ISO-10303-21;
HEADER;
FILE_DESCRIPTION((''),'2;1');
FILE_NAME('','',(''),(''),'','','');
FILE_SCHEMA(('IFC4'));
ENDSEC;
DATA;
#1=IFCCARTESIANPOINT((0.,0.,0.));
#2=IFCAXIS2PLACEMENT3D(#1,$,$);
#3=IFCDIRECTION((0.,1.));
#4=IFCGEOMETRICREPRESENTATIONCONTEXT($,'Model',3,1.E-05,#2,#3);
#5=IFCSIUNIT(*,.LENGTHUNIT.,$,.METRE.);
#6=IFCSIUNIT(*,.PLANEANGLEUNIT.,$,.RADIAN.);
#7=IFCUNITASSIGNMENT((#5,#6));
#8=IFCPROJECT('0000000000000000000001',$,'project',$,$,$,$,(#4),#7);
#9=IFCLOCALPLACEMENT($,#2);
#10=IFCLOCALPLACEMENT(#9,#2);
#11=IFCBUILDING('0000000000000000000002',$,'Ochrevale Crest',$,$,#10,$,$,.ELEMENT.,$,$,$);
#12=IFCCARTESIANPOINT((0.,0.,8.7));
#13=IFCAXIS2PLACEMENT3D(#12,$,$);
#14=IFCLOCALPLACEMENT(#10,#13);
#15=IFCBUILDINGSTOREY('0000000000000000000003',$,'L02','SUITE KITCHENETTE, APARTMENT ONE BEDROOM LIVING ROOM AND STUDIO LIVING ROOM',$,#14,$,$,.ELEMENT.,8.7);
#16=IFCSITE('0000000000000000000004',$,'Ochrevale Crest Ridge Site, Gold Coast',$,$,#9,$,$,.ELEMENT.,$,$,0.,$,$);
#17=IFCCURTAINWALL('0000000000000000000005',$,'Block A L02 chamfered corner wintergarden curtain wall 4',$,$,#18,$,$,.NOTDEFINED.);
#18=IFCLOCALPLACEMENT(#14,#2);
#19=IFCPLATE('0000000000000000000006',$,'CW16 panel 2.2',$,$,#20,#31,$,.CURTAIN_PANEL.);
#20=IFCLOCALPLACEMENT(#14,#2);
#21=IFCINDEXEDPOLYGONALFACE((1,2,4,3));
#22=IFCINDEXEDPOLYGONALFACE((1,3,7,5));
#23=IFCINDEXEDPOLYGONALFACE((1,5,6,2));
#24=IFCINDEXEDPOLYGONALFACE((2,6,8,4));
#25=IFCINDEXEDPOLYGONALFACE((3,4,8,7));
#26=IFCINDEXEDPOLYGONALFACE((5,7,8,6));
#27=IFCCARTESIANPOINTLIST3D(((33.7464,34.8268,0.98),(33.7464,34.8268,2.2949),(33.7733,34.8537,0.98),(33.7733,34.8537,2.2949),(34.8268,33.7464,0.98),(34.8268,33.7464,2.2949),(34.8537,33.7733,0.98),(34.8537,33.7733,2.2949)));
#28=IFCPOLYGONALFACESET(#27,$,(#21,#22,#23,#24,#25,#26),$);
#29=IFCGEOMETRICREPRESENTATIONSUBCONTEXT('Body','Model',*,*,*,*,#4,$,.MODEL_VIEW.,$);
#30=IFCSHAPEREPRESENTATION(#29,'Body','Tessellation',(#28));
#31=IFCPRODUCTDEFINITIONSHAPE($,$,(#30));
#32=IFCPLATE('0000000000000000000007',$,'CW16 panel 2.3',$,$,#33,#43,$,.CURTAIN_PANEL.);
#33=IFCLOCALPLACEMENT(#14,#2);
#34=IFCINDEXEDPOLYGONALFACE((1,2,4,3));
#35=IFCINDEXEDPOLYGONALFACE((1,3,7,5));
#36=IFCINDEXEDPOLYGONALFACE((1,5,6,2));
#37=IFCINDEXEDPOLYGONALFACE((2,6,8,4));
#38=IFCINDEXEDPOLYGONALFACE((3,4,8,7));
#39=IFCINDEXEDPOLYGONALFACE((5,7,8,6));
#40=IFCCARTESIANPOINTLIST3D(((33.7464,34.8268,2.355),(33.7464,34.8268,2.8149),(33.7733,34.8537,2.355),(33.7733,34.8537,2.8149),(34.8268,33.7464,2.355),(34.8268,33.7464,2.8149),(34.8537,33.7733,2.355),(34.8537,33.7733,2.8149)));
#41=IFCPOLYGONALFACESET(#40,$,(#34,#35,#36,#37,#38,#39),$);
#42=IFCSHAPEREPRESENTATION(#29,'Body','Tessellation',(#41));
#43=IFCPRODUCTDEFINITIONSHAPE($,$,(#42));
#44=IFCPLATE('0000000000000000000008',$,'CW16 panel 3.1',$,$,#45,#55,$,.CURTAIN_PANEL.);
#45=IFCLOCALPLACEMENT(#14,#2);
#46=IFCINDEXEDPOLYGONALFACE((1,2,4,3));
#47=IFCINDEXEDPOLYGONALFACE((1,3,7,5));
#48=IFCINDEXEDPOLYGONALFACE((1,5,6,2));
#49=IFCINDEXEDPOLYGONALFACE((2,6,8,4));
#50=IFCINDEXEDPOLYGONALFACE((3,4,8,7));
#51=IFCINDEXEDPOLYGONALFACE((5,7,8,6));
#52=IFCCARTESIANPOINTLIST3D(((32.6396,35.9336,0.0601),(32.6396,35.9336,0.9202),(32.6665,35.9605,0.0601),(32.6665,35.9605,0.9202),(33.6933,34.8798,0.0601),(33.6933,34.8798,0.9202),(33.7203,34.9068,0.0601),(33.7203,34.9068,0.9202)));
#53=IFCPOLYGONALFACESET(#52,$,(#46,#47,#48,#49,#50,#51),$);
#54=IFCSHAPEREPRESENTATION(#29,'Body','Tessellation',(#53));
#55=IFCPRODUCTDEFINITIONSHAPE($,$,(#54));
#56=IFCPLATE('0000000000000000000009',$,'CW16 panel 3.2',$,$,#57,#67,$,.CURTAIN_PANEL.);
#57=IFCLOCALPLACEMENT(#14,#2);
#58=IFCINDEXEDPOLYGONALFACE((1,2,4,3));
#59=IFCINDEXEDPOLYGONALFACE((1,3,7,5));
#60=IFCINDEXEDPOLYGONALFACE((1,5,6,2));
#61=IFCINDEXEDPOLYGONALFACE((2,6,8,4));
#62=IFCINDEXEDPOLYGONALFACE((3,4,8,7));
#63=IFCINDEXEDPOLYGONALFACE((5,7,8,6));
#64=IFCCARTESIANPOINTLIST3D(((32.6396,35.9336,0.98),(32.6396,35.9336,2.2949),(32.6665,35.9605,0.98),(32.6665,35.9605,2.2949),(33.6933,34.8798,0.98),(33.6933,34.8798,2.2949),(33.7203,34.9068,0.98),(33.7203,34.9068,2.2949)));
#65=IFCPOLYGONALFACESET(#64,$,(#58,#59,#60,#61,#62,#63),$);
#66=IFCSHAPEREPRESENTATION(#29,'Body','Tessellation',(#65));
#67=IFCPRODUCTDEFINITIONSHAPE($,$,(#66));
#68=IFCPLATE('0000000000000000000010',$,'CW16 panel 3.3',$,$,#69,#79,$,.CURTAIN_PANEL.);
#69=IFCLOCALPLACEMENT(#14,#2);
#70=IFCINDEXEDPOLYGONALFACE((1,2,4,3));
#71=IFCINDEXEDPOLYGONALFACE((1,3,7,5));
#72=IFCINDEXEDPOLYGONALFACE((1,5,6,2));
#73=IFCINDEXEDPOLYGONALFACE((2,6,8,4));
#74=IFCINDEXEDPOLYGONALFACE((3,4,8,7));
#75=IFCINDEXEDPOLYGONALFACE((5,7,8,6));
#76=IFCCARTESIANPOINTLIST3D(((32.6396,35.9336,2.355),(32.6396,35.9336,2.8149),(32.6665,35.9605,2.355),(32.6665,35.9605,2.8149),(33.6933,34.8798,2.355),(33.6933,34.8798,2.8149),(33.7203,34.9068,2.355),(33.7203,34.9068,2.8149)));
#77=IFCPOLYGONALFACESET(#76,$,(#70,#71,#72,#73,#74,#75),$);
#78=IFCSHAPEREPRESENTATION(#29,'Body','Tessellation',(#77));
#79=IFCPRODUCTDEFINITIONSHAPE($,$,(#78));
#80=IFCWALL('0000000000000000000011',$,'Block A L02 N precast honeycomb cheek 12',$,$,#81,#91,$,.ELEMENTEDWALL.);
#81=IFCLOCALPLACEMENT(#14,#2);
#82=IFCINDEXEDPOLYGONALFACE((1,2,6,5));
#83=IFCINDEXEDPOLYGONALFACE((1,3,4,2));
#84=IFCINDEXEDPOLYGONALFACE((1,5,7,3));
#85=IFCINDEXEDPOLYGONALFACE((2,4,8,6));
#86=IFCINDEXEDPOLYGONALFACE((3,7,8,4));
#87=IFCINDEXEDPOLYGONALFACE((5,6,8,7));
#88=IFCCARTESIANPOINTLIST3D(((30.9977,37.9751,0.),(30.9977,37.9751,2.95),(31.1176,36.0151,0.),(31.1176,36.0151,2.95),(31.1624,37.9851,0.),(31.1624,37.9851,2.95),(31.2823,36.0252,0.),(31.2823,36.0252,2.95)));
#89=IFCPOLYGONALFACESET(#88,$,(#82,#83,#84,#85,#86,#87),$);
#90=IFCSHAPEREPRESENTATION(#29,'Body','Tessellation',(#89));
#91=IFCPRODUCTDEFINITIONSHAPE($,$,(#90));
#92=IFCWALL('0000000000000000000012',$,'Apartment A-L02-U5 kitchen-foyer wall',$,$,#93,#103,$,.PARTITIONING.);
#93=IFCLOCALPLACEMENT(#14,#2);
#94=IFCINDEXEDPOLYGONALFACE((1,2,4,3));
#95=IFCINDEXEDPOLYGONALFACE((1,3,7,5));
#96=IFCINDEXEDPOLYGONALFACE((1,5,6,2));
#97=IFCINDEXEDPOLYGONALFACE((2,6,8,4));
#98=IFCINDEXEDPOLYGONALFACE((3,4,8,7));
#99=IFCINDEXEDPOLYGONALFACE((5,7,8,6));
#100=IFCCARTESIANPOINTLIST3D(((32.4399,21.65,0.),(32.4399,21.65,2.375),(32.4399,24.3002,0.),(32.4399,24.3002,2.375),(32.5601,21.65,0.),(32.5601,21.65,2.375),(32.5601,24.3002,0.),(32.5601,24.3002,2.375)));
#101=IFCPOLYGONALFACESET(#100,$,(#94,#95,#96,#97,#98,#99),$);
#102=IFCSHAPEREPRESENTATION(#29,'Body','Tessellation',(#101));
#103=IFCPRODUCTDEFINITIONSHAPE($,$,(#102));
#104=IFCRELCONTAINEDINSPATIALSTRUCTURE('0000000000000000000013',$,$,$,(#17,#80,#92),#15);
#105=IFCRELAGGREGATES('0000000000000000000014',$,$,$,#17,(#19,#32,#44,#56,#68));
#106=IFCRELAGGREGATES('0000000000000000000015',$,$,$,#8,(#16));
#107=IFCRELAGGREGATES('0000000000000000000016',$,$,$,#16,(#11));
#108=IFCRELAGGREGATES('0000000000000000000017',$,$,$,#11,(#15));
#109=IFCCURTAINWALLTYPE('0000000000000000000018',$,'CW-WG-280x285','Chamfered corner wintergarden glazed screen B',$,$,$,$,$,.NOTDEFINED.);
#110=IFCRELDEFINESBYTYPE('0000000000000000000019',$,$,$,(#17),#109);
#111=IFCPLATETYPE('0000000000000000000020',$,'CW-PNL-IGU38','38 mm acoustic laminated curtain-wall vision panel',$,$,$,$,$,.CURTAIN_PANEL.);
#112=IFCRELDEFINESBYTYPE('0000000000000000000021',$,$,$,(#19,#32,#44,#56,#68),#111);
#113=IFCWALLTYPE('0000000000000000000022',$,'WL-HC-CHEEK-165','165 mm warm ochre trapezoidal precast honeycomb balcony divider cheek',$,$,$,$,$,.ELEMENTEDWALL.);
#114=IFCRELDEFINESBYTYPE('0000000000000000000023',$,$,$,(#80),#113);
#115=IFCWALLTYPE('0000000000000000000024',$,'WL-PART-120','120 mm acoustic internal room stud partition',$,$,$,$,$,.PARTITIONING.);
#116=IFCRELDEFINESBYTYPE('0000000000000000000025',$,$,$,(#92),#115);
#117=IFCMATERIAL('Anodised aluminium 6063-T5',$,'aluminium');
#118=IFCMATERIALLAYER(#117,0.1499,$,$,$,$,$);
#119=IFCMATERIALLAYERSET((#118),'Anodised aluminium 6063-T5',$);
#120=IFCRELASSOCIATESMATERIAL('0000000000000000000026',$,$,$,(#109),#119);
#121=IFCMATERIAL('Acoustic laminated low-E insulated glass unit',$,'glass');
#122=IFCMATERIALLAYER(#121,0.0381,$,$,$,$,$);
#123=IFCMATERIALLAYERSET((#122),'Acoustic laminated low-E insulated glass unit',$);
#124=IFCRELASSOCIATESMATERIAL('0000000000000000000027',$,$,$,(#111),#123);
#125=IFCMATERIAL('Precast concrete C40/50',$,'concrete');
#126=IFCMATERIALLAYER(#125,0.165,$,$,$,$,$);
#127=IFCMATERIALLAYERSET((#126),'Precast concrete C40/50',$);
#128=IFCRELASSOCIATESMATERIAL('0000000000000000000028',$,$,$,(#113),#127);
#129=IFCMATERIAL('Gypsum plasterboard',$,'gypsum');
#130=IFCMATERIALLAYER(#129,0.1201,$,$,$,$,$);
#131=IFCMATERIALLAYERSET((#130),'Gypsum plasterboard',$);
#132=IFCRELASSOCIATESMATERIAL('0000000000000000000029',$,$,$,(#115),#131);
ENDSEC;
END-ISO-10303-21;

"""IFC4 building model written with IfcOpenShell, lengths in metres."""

from ifc_helpers import new_model, si_unit, direction, frame, frame_2d, origin, origin_2d, place, context, subcontext, project, spatial, rectangle, extrude, material, layer, layer_set, type_object, element, aggregate, save


model = new_model("IFC4")

# Units and contexts
model_context = context("Model", 3, precision=1e-05, world=origin(), true_north=direction((0.0, 1.0)))
body_context = subcontext(model_context, "Body", "Model", "MODEL_VIEW")
ifc_project = project(units=[si_unit("LENGTHUNIT", "METRE"), si_unit("PLANEANGLEUNIT", "RADIAN")], contexts=[model_context])

# Site, building, storey
site_placement = place(None, origin())
site = spatial("IfcSite", under=ifc_project, at=site_placement, Name="Ochrevale Crest Ridge Site, Gold Coast", CompositionType="ELEMENT", RefElevation=0.0)
building_placement = place(site_placement, origin())
building = spatial("IfcBuilding", under=site, at=building_placement, Name="Ochrevale Crest", CompositionType="ELEMENT")
storey_placement = place(building_placement, frame((0.0, 0.0, 8.7)))
storey = spatial("IfcBuildingStorey", under=building, at=storey_placement, Name="L02", Description="SUITE KITCHENETTE, APARTMENT ONE BEDROOM LIVING ROOM AND STUDIO LIVING ROOM", CompositionType="ELEMENT", Elevation=8.7)

# Curtain wall
ifc_material_1 = material(Name="Anodised aluminium 6063-T5", Category="aluminium")
ifc_layer_1 = layer(ifc_material_1, 0.1499)
ifc_layer_set_1 = layer_set([ifc_layer_1], Name="Anodised aluminium 6063-T5")
curtain_wall_type_1 = type_object("IfcCurtainWallType", Name="CW-WG-280x285", Description="Chamfered corner wintergarden glazed screen B", PredefinedType="NOTDEFINED", material=ifc_layer_set_1)
curtain_wall_1_placement = place(storey_placement, origin())
curtain_wall_1 = element("IfcCurtainWall", 1, at=curtain_wall_1_placement, inside=storey, type_object=curtain_wall_type_1, Name="Block A L02 chamfered corner wintergarden curtain wall 4", PredefinedType="NOTDEFINED")

# Plates
ifc_material_2 = material(Name="Acoustic laminated low-E insulated glass unit", Category="glass")
ifc_layer_2 = layer(ifc_material_2, 0.0381)
ifc_layer_set_2 = layer_set([ifc_layer_2], Name="Acoustic laminated low-E insulated glass unit")
plate_type_1 = type_object("IfcPlateType", Name="CW-PNL-IGU38", Description="38 mm acoustic laminated curtain-wall vision panel", PredefinedType="CURTAIN_PANEL", material=ifc_layer_set_2)
plate_1_placement = place(storey_placement, frame((34.3, 34.3, 0.98), z_axis=(0.0, 0.0, 1.0), x_axis=(-0.707107, 0.707107, 0.0)))
plate_1 = element("IfcPlate", 2, at=plate_1_placement, type_object=plate_type_1, Name="CW16 panel 2.2", PredefinedType="CURTAIN_PANEL", context=body_context, shape_type="SweptSolid", body=[
    extrude(rectangle(XDim=1.5278, YDim=0.0381, at=origin_2d()), origin(), (0.0, 0.0, 1.0), 1.3149),
])
plate_2_placement = place(storey_placement, frame((34.3, 34.3, 2.355), z_axis=(0.0, 0.0, 1.0), x_axis=(-0.707107, 0.707107, 0.0)))
plate_2 = element("IfcPlate", 3, at=plate_2_placement, type_object=plate_type_1, Name="CW16 panel 2.3", PredefinedType="CURTAIN_PANEL", context=body_context, shape_type="SweptSolid", body=[
    extrude(rectangle(XDim=1.5278, YDim=0.0381, at=origin_2d()), origin(), (0.0, 0.0, 1.0), 0.46),
])
plate_3_placement = place(storey_placement, frame((33.1799, 35.4202, 0.0601), z_axis=(0.0, 0.0, 1.0), x_axis=(-0.707107, 0.707107, 0.0)))
plate_3 = element("IfcPlate", 4, at=plate_3_placement, type_object=plate_type_1, Name="CW16 panel 3.1", PredefinedType="CURTAIN_PANEL", context=body_context, shape_type="SweptSolid", body=[
    extrude(rectangle(XDim=1.4902, YDim=0.0381, at=origin_2d()), origin(), (0.0, 0.0, 1.0), 0.8601),
])
plate_4_placement = place(storey_placement, frame((33.1799, 35.4202, 0.98), z_axis=(0.0, 0.0, 1.0), x_axis=(-0.707107, 0.707107, 0.0)))
plate_4 = element("IfcPlate", 5, at=plate_4_placement, type_object=plate_type_1, Name="CW16 panel 3.2", PredefinedType="CURTAIN_PANEL", context=body_context, shape_type="SweptSolid", body=[
    extrude(rectangle(XDim=1.4902, YDim=0.0381, at=origin_2d()), origin(), (0.0, 0.0, 1.0), 1.3149),
])
plate_5_placement = place(storey_placement, frame((33.1799, 35.4202, 2.355), z_axis=(0.0, 0.0, 1.0), x_axis=(-0.707107, 0.707107, 0.0)))
plate_5 = element("IfcPlate", 6, at=plate_5_placement, type_object=plate_type_1, Name="CW16 panel 3.3", PredefinedType="CURTAIN_PANEL", context=body_context, shape_type="SweptSolid", body=[
    extrude(rectangle(XDim=1.4902, YDim=0.0381, at=origin_2d()), origin(), (0.0, 0.0, 1.0), 0.46),
])
aggregate(curtain_wall_1, [plate_1, plate_2, plate_3, plate_4, plate_5])

# Shared definitions
ifc_material_3 = material(Name="Precast concrete C40/50", Category="concrete")

# Walls
ifc_layer_3 = layer(ifc_material_3, 0.165)
ifc_layer_set_3 = layer_set([ifc_layer_3], Name="Precast concrete C40/50")
wall_type_1 = type_object("IfcWallType", Name="WL-HC-CHEEK-165", Description="165 mm warm ochre trapezoidal precast honeycomb balcony divider cheek", PredefinedType="ELEMENTEDWALL", material=ifc_layer_set_3)
wall_1_placement = place(storey_placement, frame((31.2, 36.02, 0.0), z_axis=(0.0, 0.0, 1.0), x_axis=(-0.061047, 0.998135, 0.0)))
element("IfcWall", 7, at=wall_1_placement, inside=storey, type_object=wall_type_1, Name="Block A L02 N precast honeycomb cheek 12", PredefinedType="ELEMENTEDWALL", context=body_context, shape_type="SweptSolid", body=[
    extrude(rectangle(XDim=1.9636, YDim=0.165, at=frame_2d((0.9819, 0.0))), origin(), (0.0, 0.0, 1.0), 2.95),
])
ifc_material_4 = material(Name="Gypsum plasterboard", Category="gypsum")
ifc_layer_4 = layer(ifc_material_4, 0.1201)
ifc_layer_set_4 = layer_set([ifc_layer_4], Name="Gypsum plasterboard")
wall_type_2 = type_object("IfcWallType", Name="WL-PART-120", Description="120 mm acoustic internal room stud partition", PredefinedType="PARTITIONING", material=ifc_layer_set_4)
wall_2_placement = place(storey_placement, frame((32.5, 21.6499, 0.0), z_axis=(0.0, 0.0, 1.0), x_axis=(0.0, 1.0, 0.0)))
element("IfcWall", 8, at=wall_2_placement, inside=storey, type_object=wall_type_2, Name="Apartment A-L02-U5 kitchen-foyer wall", PredefinedType="PARTITIONING", context=body_context, shape_type="SweptSolid", body=[
    extrude(rectangle(XDim=2.6501, YDim=0.1201, at=frame_2d((1.3252, 0.0))), origin(), (0.0, 0.0, 1.0), 2.375),
])

save(model, "model.ifc")
